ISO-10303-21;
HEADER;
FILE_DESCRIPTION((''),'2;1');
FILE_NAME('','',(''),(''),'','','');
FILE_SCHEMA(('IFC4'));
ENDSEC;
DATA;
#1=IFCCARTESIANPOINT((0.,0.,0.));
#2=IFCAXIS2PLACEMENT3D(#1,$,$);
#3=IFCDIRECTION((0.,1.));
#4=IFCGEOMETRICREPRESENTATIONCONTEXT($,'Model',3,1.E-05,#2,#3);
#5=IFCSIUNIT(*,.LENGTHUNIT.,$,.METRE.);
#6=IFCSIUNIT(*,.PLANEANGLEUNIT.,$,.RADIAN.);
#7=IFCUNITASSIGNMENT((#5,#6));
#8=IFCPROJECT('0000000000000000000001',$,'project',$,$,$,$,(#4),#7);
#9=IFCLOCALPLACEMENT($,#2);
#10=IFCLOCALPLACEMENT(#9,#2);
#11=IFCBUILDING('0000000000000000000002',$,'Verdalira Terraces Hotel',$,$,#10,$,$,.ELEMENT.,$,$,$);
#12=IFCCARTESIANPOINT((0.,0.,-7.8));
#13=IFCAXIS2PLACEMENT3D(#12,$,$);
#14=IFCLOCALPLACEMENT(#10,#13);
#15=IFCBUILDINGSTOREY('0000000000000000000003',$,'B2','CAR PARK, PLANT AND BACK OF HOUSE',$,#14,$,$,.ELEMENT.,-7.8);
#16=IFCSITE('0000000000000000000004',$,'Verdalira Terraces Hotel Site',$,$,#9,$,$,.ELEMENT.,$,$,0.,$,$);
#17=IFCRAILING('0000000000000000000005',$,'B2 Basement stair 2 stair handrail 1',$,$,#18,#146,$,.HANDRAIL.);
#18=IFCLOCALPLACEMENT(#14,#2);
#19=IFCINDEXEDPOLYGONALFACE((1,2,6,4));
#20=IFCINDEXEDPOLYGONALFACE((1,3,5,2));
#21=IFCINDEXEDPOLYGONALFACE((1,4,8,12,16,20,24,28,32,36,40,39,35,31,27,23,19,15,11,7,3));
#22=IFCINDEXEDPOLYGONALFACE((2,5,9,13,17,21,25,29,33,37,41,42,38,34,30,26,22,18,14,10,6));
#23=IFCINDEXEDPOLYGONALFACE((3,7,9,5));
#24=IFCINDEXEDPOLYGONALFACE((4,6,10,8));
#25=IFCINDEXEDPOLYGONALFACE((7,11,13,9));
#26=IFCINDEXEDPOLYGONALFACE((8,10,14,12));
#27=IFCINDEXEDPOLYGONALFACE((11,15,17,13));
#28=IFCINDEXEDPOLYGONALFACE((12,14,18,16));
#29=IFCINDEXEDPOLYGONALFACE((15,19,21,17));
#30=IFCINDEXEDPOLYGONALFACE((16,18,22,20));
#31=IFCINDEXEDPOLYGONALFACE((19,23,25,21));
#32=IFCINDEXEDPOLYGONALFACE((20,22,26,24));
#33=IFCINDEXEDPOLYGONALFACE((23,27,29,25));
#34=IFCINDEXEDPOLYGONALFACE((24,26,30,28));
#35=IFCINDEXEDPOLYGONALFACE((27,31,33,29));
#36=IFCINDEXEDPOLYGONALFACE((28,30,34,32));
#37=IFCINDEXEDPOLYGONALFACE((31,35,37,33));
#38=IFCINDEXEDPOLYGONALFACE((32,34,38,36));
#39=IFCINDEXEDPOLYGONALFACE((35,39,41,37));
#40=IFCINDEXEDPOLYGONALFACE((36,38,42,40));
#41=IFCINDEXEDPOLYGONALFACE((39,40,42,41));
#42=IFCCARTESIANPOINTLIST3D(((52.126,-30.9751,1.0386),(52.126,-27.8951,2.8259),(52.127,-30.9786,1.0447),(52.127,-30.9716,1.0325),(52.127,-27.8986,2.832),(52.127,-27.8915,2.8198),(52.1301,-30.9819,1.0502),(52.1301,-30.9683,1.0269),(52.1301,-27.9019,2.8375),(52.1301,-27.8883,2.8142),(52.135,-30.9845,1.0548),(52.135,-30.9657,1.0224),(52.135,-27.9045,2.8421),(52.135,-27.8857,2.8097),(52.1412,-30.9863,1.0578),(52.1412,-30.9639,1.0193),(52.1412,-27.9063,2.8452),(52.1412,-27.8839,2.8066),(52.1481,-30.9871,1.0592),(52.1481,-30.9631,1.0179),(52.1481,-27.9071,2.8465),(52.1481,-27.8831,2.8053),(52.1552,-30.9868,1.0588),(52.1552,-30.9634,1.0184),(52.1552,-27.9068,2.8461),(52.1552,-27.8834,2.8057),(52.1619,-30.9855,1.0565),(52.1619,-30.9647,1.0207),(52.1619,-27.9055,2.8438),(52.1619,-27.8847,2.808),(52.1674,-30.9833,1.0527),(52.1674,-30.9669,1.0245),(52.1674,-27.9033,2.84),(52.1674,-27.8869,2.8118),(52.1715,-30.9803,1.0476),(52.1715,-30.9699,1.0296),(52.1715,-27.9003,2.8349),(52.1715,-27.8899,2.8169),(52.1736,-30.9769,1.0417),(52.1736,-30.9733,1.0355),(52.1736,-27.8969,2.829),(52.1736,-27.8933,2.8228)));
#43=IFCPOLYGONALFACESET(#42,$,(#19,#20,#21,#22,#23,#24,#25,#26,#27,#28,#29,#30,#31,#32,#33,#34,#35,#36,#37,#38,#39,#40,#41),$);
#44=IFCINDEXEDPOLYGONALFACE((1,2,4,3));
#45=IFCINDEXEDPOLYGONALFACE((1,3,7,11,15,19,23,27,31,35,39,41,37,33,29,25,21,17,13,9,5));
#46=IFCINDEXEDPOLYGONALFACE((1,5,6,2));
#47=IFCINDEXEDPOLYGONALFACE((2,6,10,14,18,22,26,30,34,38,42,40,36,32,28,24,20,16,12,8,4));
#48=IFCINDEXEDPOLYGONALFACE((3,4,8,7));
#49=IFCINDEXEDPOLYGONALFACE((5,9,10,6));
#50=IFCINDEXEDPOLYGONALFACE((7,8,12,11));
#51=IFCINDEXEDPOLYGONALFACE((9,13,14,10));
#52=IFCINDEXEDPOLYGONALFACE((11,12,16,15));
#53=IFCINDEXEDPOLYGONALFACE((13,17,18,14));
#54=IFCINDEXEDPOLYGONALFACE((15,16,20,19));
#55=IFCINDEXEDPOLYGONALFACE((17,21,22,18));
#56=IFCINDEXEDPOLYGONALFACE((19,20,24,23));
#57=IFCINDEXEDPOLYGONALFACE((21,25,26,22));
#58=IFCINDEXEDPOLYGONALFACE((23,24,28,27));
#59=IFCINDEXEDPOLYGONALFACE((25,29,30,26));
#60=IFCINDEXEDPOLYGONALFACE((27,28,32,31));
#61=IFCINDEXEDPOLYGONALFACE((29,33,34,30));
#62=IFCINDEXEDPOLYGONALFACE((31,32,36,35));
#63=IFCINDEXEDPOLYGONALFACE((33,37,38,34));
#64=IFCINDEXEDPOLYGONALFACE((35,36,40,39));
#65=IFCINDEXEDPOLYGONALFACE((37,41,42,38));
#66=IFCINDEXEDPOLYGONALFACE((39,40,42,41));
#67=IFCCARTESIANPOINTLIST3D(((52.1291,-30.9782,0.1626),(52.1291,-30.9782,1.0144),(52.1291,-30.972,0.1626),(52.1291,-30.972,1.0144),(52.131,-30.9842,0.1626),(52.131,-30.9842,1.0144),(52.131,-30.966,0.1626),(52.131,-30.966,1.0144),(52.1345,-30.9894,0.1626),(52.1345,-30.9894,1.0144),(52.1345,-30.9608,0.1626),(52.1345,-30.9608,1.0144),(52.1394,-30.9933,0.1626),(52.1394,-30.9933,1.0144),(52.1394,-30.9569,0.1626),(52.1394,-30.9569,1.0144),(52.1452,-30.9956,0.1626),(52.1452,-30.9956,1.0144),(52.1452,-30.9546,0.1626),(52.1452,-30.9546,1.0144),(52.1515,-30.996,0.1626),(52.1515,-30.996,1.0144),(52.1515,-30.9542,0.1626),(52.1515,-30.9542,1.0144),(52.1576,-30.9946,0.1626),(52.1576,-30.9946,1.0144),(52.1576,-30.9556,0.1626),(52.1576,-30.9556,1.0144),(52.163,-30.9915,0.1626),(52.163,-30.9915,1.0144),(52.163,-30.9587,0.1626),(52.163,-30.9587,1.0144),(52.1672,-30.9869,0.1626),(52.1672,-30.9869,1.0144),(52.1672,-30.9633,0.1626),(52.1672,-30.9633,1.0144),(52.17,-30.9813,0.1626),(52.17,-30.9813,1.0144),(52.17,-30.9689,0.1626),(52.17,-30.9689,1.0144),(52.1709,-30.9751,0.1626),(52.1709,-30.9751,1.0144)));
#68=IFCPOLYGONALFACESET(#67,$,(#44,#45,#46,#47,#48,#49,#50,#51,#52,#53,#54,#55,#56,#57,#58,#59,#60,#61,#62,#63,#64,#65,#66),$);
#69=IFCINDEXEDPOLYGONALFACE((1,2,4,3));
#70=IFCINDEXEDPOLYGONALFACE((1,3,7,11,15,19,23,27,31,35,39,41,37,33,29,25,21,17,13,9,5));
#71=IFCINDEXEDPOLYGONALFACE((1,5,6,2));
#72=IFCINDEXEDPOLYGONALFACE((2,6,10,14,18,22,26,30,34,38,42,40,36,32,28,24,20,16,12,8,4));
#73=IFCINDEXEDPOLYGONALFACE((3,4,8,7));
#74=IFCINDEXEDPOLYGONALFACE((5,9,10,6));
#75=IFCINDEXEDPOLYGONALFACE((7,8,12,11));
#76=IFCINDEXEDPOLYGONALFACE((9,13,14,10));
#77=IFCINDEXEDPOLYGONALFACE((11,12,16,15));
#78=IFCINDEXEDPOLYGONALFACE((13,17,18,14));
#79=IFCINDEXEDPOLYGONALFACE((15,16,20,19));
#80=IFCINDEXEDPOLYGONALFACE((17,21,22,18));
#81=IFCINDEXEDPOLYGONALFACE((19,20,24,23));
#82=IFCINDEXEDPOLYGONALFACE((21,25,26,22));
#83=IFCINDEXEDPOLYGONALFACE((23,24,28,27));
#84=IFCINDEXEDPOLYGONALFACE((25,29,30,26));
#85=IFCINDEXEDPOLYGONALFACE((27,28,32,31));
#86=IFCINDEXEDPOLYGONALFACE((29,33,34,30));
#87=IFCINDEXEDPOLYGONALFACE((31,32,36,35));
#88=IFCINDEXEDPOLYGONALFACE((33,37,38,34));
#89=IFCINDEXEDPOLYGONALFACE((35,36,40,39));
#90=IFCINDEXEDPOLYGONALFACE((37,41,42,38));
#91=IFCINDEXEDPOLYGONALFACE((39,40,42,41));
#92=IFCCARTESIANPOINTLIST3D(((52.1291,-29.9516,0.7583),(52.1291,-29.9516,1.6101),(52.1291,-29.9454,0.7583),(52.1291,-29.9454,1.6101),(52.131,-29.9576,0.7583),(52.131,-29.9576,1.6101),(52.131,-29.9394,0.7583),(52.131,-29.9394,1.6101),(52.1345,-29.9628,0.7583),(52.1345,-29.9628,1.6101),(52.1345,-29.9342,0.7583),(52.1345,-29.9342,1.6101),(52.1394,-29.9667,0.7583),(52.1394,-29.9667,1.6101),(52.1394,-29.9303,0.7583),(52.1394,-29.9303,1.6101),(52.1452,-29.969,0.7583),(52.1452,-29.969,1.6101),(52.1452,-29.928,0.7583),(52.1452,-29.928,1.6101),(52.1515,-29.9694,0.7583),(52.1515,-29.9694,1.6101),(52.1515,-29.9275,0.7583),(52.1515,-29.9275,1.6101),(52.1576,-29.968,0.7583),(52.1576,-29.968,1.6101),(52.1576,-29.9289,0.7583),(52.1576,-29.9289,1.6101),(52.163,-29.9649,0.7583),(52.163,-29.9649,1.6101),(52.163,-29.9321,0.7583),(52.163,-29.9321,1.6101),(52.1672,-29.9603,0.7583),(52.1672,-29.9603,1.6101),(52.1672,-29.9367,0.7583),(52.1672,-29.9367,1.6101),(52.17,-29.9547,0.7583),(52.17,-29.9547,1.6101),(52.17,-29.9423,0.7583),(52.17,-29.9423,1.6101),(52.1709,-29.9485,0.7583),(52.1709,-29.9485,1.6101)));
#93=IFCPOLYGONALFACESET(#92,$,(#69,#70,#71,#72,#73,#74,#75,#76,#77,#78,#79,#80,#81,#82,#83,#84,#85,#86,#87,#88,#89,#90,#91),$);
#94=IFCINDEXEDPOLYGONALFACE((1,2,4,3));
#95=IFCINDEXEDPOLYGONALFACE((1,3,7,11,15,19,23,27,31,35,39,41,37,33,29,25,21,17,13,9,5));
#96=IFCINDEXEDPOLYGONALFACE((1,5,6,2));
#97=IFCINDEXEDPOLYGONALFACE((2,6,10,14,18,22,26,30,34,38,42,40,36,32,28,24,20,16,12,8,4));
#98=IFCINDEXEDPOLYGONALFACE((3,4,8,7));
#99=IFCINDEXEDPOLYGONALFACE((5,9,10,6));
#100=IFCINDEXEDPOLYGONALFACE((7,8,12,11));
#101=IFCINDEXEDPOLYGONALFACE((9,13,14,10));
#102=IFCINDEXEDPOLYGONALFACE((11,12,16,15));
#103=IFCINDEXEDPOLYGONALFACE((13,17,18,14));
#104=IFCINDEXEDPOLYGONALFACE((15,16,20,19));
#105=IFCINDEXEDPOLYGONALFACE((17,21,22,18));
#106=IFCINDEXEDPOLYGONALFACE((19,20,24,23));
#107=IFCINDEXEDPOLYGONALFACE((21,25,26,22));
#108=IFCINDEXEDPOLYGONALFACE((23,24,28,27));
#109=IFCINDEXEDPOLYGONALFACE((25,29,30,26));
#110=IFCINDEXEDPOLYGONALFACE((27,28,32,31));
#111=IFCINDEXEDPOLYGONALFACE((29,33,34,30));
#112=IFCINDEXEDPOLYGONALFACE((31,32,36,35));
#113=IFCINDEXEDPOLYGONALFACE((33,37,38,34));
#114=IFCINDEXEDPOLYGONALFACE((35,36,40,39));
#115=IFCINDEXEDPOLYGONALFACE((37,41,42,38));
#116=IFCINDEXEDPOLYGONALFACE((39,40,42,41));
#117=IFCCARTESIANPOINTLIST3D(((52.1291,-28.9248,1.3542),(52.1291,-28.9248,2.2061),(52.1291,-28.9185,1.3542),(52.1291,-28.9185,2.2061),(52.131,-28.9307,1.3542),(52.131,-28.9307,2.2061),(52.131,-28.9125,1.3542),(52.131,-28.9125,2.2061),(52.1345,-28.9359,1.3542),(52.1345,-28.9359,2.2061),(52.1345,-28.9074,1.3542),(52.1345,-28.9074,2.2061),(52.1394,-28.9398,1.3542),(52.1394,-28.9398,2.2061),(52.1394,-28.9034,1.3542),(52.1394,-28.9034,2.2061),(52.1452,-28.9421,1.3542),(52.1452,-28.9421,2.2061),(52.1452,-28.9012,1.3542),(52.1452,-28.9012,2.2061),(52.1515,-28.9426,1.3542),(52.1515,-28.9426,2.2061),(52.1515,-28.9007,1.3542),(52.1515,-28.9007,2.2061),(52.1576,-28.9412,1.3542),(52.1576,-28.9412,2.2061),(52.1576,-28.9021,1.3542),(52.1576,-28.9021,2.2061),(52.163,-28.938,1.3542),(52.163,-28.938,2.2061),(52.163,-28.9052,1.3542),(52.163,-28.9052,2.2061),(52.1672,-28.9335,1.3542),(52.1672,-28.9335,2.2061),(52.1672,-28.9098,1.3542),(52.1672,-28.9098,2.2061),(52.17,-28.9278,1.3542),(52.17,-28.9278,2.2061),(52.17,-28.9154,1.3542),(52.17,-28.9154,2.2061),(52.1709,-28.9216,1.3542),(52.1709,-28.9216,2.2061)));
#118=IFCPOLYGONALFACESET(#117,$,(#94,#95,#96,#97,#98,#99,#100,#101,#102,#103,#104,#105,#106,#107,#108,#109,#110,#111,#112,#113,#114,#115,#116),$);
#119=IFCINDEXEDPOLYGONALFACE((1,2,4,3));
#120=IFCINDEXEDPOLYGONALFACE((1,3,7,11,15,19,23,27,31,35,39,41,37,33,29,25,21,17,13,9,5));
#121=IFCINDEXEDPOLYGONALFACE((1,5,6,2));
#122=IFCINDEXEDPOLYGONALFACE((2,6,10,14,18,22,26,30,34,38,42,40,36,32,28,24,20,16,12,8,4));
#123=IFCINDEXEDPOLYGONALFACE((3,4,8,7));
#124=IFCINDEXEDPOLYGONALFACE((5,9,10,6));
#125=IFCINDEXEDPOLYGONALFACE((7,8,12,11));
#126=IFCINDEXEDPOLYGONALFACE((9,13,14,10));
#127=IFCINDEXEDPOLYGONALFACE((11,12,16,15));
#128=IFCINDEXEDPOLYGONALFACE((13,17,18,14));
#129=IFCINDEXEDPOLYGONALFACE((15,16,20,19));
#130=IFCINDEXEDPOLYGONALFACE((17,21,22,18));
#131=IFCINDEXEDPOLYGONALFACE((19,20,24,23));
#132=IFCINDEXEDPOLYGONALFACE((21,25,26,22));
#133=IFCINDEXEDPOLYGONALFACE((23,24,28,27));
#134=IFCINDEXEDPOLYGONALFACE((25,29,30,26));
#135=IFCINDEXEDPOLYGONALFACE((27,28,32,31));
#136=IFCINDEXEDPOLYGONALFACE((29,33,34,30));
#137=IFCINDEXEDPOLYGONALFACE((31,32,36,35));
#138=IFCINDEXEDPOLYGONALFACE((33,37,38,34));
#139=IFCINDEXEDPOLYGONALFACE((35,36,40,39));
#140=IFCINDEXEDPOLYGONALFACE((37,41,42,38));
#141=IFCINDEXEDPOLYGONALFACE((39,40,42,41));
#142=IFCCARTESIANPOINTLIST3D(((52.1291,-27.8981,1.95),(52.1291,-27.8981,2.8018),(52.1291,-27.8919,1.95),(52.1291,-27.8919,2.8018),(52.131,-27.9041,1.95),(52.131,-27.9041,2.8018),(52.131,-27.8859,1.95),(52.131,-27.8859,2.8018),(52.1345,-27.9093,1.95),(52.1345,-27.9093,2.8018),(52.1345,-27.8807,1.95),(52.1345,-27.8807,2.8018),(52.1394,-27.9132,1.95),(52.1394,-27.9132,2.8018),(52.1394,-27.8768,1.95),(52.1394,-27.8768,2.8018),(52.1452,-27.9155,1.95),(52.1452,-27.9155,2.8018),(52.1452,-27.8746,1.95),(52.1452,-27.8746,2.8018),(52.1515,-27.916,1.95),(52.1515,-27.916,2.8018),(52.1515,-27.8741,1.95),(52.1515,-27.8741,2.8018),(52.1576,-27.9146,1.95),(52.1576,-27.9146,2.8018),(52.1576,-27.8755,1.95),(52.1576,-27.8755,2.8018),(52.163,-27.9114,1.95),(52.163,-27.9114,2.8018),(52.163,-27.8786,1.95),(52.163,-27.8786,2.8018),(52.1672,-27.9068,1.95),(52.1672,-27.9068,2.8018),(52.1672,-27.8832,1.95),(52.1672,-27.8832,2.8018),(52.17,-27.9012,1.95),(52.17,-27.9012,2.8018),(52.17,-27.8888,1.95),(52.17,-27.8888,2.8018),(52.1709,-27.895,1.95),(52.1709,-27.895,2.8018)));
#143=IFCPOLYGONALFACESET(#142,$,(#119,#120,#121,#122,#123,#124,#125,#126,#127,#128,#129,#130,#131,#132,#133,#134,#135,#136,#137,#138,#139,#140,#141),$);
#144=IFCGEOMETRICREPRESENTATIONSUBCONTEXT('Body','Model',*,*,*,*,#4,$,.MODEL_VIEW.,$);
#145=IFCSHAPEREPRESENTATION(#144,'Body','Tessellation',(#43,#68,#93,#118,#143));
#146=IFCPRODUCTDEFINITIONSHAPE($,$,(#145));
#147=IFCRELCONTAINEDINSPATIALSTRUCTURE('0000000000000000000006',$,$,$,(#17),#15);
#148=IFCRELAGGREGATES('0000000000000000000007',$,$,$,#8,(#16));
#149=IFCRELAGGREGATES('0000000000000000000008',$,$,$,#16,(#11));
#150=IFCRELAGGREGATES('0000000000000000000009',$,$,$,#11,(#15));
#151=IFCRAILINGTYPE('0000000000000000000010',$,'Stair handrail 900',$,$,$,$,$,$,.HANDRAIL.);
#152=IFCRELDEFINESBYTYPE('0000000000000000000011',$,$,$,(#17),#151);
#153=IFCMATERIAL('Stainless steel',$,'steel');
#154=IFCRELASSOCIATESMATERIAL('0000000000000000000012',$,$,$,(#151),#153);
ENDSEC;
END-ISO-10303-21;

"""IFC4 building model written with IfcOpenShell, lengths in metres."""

from ifc_helpers import new_model, si_unit, direction, frame, origin, origin_2d, place, context, subcontext, project, spatial, circle, extrude, material, type_object, element, save


model = new_model("IFC4")

# Units and contexts
model_context = context("Model", 3, precision=1e-05, world=origin(), true_north=direction((0.0, 1.0)))
body_context = subcontext(model_context, "Body", "Model", "MODEL_VIEW")
ifc_project = project(units=[si_unit("LENGTHUNIT", "METRE"), si_unit("PLANEANGLEUNIT", "RADIAN")], contexts=[model_context])

# Site, building, storey
site_placement = place(None, origin())
site = spatial("IfcSite", under=ifc_project, at=site_placement, Name="Verdalira Terraces Hotel Site", CompositionType="ELEMENT", RefElevation=0.0)
building_placement = place(site_placement, origin())
building = spatial("IfcBuilding", under=site, at=building_placement, Name="Verdalira Terraces Hotel", CompositionType="ELEMENT")
storey_placement = place(building_placement, frame((0.0, 0.0, -7.8)))
storey = spatial("IfcBuildingStorey", under=building, at=storey_placement, Name="B2", Description="CAR PARK, PLANT AND BACK OF HOUSE", CompositionType="ELEMENT", Elevation=-7.8)

# Railing
ifc_material_1 = material(Name="Stainless steel", Category="steel")
railing_type_1 = type_object("IfcRailingType", Name="Stair handrail 900", PredefinedType="HANDRAIL", material=ifc_material_1)
railing_1_placement = place(storey_placement, frame((52.1499, -30.9751, 0.1626)))
element("IfcRailing", 1, at=railing_1_placement, inside=storey, type_object=railing_type_1, Name="B2 Basement stair 2 stair handrail 1", PredefinedType="HANDRAIL", context=body_context, shape_type="SweptSolid", body=[
    extrude(circle(Radius=0.0239, at=origin_2d()), frame((0.0, 0.0, 0.876), z_axis=(0.0, 0.86492, 0.501909), x_axis=(-1.0, 0.0, 0.0)), (0.0, 0.0, 1.0), 3.561),
    extrude(circle(Radius=0.021, at=origin_2d()), origin(), (0.0, 0.0, 1.0), 0.8518),
    extrude(circle(Radius=0.021, at=origin_2d()), frame((0.0, 1.0266, 0.5957)), (0.0, 0.0, 1.0), 0.8518),
    extrude(circle(Radius=0.021, at=origin_2d()), frame((0.0, 2.0535, 1.1917)), (0.0, 0.0, 1.0), 0.8518),
    extrude(circle(Radius=0.021, at=origin_2d()), frame((0.0, 3.0801, 1.7874)), (0.0, 0.0, 1.0), 0.8518),
])

save(model, "model.ifc")
